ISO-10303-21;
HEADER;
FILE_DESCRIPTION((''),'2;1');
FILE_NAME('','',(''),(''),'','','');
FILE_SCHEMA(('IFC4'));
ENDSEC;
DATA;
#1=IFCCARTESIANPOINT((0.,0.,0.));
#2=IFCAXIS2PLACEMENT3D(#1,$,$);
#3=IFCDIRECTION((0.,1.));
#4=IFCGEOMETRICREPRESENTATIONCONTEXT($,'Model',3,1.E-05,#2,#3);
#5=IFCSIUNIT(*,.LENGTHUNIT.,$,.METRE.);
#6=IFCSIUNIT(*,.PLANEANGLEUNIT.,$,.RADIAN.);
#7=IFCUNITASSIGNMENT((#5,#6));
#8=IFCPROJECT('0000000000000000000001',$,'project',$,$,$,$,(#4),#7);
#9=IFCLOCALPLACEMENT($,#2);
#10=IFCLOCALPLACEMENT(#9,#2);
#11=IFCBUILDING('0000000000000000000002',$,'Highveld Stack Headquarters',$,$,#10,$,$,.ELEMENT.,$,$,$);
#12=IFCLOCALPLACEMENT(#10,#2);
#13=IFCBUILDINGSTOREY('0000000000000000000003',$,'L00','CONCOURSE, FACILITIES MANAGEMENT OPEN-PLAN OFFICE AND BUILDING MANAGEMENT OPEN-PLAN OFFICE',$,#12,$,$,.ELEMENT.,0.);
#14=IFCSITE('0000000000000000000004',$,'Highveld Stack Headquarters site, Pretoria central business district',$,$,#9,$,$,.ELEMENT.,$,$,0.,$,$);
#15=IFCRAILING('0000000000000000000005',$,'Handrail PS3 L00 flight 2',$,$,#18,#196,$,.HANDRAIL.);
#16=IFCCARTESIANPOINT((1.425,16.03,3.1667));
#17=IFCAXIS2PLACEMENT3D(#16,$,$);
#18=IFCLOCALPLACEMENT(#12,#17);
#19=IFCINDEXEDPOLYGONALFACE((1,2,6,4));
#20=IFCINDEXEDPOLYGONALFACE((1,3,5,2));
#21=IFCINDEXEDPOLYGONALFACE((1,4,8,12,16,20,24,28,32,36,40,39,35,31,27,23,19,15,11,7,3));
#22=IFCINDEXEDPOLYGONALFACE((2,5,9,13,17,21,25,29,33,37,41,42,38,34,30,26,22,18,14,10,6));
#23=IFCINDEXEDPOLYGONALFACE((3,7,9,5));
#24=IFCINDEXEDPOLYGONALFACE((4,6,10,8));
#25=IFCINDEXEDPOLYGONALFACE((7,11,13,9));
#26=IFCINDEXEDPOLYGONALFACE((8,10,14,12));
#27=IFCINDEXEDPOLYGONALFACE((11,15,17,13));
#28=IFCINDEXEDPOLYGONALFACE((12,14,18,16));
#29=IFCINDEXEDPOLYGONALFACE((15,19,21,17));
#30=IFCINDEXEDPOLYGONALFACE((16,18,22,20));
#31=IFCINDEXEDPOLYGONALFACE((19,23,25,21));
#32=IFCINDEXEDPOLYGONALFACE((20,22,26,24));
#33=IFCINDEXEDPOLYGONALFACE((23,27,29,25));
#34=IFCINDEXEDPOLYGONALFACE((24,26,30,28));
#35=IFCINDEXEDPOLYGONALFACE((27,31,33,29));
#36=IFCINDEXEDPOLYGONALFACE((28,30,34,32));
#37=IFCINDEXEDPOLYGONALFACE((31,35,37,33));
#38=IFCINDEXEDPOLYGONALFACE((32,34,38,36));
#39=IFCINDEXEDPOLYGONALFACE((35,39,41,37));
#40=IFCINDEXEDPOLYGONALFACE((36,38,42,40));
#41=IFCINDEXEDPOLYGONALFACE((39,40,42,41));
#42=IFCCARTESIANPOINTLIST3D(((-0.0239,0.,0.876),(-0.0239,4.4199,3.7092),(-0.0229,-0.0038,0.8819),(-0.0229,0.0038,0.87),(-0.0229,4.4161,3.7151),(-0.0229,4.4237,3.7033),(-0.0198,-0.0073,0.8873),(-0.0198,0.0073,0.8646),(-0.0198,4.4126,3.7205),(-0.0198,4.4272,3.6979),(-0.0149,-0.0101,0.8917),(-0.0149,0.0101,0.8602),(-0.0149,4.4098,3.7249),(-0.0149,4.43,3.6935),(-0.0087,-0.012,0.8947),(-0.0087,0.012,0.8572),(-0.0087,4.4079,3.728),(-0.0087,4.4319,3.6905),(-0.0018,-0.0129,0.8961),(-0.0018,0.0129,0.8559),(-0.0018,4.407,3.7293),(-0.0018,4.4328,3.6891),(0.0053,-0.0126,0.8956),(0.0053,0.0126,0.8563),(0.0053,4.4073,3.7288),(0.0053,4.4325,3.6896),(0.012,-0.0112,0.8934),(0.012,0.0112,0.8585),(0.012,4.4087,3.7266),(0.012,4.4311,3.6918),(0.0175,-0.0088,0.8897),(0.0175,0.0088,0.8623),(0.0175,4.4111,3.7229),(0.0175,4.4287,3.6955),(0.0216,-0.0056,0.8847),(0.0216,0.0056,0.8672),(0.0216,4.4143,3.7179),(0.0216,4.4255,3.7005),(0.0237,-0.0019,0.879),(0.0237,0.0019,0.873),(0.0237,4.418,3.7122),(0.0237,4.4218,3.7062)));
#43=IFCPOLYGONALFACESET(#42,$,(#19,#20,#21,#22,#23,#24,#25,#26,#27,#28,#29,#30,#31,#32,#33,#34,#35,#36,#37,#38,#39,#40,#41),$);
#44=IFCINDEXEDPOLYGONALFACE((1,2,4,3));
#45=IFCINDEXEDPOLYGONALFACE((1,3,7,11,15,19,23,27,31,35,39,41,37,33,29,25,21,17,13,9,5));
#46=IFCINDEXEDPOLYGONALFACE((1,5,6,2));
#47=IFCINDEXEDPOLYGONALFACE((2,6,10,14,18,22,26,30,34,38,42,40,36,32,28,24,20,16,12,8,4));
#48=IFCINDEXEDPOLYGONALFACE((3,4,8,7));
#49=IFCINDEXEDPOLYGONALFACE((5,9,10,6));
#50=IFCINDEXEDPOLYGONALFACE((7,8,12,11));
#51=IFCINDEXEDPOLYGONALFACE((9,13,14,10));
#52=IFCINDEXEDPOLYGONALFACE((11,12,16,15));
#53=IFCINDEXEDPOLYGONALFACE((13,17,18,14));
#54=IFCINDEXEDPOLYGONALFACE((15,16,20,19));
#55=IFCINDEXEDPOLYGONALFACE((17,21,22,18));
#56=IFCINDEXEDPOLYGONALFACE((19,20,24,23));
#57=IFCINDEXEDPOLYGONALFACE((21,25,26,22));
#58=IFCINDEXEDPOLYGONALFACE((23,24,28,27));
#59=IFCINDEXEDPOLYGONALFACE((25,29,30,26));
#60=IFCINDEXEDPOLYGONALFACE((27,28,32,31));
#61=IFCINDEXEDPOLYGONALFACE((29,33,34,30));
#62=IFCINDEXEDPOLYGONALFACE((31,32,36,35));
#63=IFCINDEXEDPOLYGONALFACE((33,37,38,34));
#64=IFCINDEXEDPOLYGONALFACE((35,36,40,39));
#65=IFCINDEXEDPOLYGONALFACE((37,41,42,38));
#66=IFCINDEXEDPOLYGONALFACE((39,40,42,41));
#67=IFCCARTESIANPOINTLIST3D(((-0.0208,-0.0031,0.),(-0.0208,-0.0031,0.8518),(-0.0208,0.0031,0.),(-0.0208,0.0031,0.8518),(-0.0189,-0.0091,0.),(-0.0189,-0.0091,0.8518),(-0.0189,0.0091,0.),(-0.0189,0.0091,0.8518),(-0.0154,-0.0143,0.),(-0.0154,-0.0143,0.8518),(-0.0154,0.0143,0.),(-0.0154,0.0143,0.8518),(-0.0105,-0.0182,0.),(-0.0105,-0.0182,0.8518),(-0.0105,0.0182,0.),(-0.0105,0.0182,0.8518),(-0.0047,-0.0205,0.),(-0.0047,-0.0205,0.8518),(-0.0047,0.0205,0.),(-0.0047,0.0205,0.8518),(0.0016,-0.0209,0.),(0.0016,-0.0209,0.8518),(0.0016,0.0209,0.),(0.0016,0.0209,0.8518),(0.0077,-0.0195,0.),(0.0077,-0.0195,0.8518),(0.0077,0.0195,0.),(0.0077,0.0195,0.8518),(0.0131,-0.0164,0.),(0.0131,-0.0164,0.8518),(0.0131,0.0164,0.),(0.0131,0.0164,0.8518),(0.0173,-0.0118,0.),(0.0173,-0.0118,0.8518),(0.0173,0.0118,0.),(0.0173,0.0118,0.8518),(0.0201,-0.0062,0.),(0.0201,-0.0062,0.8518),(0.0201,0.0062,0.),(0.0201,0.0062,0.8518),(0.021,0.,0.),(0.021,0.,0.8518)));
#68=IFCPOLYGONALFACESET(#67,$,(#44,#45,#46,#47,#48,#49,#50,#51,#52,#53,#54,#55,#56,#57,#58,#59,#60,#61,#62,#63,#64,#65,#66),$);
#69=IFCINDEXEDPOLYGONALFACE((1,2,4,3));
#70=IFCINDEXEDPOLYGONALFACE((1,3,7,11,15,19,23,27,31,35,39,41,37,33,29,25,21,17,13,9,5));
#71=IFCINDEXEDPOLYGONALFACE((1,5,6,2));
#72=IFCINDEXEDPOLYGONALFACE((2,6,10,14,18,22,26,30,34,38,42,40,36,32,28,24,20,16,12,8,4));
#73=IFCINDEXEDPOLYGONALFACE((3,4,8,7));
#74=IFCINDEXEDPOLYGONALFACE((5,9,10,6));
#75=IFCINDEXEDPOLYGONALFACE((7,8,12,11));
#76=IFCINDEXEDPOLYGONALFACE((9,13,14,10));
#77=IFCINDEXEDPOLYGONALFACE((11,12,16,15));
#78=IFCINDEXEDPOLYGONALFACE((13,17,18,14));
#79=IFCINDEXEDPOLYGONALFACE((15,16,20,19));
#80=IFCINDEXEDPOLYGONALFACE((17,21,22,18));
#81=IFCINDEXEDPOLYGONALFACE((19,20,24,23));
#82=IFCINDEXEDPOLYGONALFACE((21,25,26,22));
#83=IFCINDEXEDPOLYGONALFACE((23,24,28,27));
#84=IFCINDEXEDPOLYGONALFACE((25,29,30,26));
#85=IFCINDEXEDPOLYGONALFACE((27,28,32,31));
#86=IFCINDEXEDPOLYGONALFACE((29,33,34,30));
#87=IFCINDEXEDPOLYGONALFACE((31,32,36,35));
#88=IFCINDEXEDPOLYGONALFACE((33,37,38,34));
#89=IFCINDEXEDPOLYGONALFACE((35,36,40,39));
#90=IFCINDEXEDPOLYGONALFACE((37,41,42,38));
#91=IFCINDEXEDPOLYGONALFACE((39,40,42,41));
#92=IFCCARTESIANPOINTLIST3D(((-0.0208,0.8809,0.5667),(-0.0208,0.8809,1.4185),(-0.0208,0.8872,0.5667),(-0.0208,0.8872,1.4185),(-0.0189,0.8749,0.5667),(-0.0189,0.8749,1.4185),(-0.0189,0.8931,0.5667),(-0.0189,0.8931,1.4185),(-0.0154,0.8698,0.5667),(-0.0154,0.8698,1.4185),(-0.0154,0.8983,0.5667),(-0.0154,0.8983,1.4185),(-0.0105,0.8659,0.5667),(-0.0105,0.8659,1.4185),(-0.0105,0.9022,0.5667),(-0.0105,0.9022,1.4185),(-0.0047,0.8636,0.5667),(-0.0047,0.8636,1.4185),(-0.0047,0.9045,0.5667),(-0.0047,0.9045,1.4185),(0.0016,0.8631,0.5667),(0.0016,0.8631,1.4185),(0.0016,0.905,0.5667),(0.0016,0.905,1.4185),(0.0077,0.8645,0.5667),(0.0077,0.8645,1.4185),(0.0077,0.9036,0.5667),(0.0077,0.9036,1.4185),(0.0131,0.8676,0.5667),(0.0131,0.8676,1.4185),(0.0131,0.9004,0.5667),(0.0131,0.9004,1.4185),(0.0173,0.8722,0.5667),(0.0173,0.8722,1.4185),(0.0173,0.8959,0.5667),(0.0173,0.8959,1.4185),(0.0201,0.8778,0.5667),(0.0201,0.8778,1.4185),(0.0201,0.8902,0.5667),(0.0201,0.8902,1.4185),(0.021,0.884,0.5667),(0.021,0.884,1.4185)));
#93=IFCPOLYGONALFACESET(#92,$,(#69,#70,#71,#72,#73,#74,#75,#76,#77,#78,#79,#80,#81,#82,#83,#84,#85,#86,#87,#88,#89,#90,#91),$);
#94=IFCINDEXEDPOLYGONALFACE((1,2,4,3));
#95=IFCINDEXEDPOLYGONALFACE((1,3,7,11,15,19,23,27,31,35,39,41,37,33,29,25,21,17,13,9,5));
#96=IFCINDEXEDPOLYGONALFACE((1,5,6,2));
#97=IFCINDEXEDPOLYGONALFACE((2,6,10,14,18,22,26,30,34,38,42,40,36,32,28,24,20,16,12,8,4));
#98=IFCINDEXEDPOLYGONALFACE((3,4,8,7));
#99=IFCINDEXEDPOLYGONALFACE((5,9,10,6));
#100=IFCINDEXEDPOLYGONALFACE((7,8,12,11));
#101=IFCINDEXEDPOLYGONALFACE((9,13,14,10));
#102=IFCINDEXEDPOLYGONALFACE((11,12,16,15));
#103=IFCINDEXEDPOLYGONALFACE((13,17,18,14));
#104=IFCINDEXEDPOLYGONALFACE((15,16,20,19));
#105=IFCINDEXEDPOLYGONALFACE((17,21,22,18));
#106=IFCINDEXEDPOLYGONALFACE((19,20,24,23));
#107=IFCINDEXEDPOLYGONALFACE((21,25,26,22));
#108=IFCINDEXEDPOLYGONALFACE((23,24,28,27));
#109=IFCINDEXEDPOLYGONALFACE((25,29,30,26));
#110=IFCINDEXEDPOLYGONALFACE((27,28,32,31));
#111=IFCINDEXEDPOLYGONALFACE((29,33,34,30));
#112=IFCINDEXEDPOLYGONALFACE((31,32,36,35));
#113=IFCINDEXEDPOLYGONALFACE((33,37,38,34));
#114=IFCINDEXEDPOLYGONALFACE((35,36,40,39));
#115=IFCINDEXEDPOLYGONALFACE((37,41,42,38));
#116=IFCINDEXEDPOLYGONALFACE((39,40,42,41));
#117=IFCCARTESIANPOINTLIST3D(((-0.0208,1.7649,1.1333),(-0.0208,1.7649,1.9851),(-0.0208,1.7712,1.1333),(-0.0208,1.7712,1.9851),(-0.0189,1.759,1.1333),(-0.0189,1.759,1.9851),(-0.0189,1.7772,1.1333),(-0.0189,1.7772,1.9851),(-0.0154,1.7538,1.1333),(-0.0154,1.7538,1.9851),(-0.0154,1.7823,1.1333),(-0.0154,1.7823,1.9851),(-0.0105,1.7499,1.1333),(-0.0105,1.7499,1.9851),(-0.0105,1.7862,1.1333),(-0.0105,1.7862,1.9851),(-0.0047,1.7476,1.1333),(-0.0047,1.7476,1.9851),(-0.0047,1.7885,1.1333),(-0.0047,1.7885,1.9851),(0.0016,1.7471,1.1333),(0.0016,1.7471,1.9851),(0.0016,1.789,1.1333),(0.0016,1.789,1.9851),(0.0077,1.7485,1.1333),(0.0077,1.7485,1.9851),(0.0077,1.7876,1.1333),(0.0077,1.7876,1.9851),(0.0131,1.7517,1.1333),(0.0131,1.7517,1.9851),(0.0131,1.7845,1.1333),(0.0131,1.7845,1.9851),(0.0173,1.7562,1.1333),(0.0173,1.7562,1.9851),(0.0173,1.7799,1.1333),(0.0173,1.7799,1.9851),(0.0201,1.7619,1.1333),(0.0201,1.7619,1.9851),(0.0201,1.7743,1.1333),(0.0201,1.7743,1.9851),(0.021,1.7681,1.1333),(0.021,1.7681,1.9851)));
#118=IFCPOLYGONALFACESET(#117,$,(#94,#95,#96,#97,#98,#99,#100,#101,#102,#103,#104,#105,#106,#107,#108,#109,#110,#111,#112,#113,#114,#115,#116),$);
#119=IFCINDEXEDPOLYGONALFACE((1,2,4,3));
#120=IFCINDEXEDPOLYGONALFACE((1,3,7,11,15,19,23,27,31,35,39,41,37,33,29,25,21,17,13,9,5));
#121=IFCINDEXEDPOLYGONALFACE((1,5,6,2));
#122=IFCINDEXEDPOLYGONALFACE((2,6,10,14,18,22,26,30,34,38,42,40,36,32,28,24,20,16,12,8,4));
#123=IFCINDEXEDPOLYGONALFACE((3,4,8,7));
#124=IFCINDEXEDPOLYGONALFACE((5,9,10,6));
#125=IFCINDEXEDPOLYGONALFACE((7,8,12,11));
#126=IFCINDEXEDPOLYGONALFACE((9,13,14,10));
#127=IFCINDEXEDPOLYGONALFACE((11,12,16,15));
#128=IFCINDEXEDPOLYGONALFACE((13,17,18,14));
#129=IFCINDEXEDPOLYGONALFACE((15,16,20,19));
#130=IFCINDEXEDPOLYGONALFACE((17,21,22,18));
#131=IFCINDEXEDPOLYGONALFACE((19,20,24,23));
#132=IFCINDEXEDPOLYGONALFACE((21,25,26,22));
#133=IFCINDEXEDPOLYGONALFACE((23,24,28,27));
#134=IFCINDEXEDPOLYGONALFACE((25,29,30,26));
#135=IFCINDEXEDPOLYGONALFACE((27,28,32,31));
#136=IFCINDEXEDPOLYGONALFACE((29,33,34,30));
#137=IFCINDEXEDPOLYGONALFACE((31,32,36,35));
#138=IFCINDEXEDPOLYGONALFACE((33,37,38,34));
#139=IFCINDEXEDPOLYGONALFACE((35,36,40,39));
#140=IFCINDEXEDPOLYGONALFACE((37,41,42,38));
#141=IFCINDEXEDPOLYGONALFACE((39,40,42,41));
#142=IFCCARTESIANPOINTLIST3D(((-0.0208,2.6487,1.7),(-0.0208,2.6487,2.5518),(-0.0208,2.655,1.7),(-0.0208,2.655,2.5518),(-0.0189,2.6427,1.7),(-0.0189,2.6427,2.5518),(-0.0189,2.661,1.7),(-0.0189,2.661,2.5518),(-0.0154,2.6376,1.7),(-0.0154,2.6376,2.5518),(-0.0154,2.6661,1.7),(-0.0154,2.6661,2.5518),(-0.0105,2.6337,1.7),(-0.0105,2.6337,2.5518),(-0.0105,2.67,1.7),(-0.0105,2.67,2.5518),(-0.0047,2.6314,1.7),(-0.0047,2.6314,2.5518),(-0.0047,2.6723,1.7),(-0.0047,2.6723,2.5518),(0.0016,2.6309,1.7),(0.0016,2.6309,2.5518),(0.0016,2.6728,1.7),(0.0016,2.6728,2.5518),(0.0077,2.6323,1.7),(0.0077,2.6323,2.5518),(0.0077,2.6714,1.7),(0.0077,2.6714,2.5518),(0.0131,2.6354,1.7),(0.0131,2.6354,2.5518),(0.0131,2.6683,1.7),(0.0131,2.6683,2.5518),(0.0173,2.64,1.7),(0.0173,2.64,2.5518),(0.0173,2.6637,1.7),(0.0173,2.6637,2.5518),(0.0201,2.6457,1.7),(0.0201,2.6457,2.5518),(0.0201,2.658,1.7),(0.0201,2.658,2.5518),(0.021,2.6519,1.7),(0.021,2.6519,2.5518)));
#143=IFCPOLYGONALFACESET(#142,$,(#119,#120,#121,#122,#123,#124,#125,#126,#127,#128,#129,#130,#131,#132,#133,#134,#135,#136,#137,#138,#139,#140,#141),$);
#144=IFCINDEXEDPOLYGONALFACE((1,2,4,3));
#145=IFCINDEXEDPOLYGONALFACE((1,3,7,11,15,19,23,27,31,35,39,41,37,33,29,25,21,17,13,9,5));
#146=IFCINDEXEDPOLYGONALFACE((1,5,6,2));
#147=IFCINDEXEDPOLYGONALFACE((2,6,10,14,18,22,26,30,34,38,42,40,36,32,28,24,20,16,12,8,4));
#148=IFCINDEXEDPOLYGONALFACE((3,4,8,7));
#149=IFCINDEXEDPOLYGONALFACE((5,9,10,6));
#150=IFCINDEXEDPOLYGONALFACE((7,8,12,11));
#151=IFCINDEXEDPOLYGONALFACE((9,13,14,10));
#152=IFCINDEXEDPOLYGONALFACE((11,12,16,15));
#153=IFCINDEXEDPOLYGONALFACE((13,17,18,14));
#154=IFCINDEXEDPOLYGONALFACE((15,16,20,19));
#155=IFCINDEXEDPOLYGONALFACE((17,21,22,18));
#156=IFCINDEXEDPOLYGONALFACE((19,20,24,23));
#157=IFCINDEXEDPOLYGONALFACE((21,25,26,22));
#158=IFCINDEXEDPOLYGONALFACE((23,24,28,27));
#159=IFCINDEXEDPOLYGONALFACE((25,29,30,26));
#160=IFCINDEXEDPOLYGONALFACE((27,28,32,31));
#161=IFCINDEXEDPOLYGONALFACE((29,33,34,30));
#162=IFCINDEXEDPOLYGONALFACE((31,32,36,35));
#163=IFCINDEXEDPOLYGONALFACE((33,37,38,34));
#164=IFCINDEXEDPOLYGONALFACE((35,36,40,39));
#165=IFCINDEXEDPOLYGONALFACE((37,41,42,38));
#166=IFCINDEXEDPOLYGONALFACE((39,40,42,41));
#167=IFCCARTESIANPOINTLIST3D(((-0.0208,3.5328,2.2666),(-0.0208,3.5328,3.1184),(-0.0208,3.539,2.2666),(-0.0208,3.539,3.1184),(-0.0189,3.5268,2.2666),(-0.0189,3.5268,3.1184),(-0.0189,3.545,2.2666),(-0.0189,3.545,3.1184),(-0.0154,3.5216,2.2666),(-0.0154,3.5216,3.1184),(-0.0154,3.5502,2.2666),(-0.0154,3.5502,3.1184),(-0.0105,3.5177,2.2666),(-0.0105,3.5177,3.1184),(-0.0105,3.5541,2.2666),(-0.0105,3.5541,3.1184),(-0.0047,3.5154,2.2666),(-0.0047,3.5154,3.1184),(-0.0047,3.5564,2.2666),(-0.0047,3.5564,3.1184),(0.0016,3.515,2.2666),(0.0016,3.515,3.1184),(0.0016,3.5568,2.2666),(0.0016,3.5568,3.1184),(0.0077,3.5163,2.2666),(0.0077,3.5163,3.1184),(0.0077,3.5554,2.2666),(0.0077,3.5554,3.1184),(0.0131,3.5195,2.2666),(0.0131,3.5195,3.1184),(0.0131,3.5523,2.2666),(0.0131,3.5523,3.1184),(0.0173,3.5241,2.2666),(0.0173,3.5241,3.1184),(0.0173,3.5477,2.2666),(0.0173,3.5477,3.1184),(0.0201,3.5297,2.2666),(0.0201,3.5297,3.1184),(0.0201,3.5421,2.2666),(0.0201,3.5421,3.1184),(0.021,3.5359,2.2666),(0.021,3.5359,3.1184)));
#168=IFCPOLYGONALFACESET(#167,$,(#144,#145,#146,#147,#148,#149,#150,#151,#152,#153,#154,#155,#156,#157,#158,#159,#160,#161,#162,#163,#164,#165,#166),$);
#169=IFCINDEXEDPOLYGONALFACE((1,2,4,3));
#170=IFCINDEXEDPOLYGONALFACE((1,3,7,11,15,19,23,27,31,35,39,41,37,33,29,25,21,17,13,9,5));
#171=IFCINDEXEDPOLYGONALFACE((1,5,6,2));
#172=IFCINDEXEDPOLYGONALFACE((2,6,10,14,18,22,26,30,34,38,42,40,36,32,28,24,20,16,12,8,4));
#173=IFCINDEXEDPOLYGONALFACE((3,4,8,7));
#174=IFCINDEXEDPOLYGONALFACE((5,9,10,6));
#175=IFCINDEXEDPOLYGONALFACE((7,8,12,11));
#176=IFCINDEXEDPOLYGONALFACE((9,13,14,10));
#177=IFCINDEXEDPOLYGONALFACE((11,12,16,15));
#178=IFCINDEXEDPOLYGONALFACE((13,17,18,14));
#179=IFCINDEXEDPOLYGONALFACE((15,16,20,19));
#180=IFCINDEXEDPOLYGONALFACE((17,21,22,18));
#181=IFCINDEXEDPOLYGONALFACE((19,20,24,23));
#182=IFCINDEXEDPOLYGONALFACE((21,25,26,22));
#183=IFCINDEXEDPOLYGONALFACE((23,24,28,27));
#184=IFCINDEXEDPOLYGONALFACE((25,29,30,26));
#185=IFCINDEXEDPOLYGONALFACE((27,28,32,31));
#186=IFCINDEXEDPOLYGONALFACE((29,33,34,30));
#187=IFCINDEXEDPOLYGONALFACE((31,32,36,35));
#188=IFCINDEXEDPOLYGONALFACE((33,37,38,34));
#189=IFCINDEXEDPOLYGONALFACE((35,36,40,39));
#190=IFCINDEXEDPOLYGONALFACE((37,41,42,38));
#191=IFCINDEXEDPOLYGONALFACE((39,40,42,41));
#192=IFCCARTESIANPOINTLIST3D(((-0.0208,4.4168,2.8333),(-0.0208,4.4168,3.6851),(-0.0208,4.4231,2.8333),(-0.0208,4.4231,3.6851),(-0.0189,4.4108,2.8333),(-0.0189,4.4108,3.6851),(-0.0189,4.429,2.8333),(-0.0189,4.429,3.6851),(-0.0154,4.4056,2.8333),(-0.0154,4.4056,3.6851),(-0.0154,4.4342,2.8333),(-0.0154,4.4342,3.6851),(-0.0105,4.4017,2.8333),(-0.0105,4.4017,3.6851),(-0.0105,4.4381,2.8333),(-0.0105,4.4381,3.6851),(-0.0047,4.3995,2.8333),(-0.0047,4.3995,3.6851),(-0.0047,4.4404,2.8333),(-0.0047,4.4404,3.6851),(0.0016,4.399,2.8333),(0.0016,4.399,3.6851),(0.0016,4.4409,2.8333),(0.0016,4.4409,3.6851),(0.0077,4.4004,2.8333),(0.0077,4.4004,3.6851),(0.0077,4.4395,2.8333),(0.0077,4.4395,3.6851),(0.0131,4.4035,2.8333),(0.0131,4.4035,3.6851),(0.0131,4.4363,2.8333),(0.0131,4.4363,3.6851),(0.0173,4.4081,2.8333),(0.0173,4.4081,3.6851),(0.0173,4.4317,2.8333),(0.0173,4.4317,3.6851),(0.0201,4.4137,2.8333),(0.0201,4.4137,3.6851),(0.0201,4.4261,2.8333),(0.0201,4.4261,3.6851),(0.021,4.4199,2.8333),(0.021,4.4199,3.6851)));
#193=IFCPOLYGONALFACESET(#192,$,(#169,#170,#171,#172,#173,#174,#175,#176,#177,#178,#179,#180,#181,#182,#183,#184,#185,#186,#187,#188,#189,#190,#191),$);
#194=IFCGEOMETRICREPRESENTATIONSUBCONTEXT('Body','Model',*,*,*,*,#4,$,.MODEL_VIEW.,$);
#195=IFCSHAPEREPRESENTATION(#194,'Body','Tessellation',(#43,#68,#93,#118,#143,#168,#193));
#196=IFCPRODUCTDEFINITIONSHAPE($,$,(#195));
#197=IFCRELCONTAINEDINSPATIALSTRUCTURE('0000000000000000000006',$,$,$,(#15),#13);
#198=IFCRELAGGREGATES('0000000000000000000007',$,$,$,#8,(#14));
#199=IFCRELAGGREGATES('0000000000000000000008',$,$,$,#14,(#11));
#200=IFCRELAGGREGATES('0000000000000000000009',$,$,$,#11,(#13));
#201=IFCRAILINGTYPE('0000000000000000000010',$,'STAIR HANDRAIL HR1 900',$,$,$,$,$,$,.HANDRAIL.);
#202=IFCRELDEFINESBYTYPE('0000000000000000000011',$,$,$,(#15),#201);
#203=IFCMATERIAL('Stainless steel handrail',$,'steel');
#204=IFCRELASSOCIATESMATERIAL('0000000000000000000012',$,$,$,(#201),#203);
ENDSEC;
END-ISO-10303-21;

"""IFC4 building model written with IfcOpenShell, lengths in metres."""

from ifc_helpers import new_model, si_unit, direction, frame, origin, origin_2d, place, context, subcontext, project, spatial, circle, extrude, material, type_object, element, save


model = new_model("IFC4")

# Units and contexts
model_context = context("Model", 3, precision=1e-05, world=origin(), true_north=direction((0.0, 1.0)))
body_context = subcontext(model_context, "Body", "Model", "MODEL_VIEW")
ifc_project = project(units=[si_unit("LENGTHUNIT", "METRE"), si_unit("PLANEANGLEUNIT", "RADIAN")], contexts=[model_context])

# Site, building, storey
site_placement = place(None, origin())
site = spatial("IfcSite", under=ifc_project, at=site_placement, Name="Highveld Stack Headquarters site, Pretoria central business district", CompositionType="ELEMENT", RefElevation=0.0)
building_placement = place(site_placement, origin())
building = spatial("IfcBuilding", under=site, at=building_placement, Name="Highveld Stack Headquarters", CompositionType="ELEMENT")
storey_placement = place(building_placement, origin())
storey = spatial("IfcBuildingStorey", under=building, at=storey_placement, Name="L00", Description="CONCOURSE, FACILITIES MANAGEMENT OPEN-PLAN OFFICE AND BUILDING MANAGEMENT OPEN-PLAN OFFICE", CompositionType="ELEMENT", Elevation=0.0)

# Railing
ifc_material_1 = material(Name="Stainless steel handrail", Category="steel")
railing_type = type_object("IfcRailingType", Name="STAIR HANDRAIL HR1 900", PredefinedType="HANDRAIL", material=ifc_material_1)
for number, where, name in (
    (1, (1.425, 16.03, 3.1667), "Handrail PS3 L00 flight 2"),
):
    element("IfcRailing", number, at=place(storey_placement, frame(where)), inside=storey, type_object=railing_type, Name=name, PredefinedType="HANDRAIL", context=body_context, shape_type="SweptSolid", body=[
        extrude(circle(Radius=0.0239, at=origin_2d()), frame((0.0, 0.0, 0.876), z_axis=(0.0, 0.841882, 0.539662), x_axis=(-1.0, 0.0, 0.0)), (0.0, 0.0, 1.0), 5.25),
        extrude(circle(Radius=0.021, at=origin_2d()), origin(), (0.0, 0.0, 1.0), 0.8518),
        extrude(circle(Radius=0.021, at=origin_2d()), frame((0.0, 0.884, 0.5667)), (0.0, 0.0, 1.0), 0.8518),
        extrude(circle(Radius=0.021, at=origin_2d()), frame((0.0, 1.7681, 1.1333)), (0.0, 0.0, 1.0), 0.8518),
        extrude(circle(Radius=0.021, at=origin_2d()), frame((0.0, 2.6519, 1.7)), (0.0, 0.0, 1.0), 0.8518),
        extrude(circle(Radius=0.021, at=origin_2d()), frame((0.0, 3.5359, 2.2666)), (0.0, 0.0, 1.0), 0.8518),
        extrude(circle(Radius=0.021, at=origin_2d()), frame((0.0, 4.4199, 2.8333)), (0.0, 0.0, 1.0), 0.8518),
    ])

save(model, "model.ifc")
